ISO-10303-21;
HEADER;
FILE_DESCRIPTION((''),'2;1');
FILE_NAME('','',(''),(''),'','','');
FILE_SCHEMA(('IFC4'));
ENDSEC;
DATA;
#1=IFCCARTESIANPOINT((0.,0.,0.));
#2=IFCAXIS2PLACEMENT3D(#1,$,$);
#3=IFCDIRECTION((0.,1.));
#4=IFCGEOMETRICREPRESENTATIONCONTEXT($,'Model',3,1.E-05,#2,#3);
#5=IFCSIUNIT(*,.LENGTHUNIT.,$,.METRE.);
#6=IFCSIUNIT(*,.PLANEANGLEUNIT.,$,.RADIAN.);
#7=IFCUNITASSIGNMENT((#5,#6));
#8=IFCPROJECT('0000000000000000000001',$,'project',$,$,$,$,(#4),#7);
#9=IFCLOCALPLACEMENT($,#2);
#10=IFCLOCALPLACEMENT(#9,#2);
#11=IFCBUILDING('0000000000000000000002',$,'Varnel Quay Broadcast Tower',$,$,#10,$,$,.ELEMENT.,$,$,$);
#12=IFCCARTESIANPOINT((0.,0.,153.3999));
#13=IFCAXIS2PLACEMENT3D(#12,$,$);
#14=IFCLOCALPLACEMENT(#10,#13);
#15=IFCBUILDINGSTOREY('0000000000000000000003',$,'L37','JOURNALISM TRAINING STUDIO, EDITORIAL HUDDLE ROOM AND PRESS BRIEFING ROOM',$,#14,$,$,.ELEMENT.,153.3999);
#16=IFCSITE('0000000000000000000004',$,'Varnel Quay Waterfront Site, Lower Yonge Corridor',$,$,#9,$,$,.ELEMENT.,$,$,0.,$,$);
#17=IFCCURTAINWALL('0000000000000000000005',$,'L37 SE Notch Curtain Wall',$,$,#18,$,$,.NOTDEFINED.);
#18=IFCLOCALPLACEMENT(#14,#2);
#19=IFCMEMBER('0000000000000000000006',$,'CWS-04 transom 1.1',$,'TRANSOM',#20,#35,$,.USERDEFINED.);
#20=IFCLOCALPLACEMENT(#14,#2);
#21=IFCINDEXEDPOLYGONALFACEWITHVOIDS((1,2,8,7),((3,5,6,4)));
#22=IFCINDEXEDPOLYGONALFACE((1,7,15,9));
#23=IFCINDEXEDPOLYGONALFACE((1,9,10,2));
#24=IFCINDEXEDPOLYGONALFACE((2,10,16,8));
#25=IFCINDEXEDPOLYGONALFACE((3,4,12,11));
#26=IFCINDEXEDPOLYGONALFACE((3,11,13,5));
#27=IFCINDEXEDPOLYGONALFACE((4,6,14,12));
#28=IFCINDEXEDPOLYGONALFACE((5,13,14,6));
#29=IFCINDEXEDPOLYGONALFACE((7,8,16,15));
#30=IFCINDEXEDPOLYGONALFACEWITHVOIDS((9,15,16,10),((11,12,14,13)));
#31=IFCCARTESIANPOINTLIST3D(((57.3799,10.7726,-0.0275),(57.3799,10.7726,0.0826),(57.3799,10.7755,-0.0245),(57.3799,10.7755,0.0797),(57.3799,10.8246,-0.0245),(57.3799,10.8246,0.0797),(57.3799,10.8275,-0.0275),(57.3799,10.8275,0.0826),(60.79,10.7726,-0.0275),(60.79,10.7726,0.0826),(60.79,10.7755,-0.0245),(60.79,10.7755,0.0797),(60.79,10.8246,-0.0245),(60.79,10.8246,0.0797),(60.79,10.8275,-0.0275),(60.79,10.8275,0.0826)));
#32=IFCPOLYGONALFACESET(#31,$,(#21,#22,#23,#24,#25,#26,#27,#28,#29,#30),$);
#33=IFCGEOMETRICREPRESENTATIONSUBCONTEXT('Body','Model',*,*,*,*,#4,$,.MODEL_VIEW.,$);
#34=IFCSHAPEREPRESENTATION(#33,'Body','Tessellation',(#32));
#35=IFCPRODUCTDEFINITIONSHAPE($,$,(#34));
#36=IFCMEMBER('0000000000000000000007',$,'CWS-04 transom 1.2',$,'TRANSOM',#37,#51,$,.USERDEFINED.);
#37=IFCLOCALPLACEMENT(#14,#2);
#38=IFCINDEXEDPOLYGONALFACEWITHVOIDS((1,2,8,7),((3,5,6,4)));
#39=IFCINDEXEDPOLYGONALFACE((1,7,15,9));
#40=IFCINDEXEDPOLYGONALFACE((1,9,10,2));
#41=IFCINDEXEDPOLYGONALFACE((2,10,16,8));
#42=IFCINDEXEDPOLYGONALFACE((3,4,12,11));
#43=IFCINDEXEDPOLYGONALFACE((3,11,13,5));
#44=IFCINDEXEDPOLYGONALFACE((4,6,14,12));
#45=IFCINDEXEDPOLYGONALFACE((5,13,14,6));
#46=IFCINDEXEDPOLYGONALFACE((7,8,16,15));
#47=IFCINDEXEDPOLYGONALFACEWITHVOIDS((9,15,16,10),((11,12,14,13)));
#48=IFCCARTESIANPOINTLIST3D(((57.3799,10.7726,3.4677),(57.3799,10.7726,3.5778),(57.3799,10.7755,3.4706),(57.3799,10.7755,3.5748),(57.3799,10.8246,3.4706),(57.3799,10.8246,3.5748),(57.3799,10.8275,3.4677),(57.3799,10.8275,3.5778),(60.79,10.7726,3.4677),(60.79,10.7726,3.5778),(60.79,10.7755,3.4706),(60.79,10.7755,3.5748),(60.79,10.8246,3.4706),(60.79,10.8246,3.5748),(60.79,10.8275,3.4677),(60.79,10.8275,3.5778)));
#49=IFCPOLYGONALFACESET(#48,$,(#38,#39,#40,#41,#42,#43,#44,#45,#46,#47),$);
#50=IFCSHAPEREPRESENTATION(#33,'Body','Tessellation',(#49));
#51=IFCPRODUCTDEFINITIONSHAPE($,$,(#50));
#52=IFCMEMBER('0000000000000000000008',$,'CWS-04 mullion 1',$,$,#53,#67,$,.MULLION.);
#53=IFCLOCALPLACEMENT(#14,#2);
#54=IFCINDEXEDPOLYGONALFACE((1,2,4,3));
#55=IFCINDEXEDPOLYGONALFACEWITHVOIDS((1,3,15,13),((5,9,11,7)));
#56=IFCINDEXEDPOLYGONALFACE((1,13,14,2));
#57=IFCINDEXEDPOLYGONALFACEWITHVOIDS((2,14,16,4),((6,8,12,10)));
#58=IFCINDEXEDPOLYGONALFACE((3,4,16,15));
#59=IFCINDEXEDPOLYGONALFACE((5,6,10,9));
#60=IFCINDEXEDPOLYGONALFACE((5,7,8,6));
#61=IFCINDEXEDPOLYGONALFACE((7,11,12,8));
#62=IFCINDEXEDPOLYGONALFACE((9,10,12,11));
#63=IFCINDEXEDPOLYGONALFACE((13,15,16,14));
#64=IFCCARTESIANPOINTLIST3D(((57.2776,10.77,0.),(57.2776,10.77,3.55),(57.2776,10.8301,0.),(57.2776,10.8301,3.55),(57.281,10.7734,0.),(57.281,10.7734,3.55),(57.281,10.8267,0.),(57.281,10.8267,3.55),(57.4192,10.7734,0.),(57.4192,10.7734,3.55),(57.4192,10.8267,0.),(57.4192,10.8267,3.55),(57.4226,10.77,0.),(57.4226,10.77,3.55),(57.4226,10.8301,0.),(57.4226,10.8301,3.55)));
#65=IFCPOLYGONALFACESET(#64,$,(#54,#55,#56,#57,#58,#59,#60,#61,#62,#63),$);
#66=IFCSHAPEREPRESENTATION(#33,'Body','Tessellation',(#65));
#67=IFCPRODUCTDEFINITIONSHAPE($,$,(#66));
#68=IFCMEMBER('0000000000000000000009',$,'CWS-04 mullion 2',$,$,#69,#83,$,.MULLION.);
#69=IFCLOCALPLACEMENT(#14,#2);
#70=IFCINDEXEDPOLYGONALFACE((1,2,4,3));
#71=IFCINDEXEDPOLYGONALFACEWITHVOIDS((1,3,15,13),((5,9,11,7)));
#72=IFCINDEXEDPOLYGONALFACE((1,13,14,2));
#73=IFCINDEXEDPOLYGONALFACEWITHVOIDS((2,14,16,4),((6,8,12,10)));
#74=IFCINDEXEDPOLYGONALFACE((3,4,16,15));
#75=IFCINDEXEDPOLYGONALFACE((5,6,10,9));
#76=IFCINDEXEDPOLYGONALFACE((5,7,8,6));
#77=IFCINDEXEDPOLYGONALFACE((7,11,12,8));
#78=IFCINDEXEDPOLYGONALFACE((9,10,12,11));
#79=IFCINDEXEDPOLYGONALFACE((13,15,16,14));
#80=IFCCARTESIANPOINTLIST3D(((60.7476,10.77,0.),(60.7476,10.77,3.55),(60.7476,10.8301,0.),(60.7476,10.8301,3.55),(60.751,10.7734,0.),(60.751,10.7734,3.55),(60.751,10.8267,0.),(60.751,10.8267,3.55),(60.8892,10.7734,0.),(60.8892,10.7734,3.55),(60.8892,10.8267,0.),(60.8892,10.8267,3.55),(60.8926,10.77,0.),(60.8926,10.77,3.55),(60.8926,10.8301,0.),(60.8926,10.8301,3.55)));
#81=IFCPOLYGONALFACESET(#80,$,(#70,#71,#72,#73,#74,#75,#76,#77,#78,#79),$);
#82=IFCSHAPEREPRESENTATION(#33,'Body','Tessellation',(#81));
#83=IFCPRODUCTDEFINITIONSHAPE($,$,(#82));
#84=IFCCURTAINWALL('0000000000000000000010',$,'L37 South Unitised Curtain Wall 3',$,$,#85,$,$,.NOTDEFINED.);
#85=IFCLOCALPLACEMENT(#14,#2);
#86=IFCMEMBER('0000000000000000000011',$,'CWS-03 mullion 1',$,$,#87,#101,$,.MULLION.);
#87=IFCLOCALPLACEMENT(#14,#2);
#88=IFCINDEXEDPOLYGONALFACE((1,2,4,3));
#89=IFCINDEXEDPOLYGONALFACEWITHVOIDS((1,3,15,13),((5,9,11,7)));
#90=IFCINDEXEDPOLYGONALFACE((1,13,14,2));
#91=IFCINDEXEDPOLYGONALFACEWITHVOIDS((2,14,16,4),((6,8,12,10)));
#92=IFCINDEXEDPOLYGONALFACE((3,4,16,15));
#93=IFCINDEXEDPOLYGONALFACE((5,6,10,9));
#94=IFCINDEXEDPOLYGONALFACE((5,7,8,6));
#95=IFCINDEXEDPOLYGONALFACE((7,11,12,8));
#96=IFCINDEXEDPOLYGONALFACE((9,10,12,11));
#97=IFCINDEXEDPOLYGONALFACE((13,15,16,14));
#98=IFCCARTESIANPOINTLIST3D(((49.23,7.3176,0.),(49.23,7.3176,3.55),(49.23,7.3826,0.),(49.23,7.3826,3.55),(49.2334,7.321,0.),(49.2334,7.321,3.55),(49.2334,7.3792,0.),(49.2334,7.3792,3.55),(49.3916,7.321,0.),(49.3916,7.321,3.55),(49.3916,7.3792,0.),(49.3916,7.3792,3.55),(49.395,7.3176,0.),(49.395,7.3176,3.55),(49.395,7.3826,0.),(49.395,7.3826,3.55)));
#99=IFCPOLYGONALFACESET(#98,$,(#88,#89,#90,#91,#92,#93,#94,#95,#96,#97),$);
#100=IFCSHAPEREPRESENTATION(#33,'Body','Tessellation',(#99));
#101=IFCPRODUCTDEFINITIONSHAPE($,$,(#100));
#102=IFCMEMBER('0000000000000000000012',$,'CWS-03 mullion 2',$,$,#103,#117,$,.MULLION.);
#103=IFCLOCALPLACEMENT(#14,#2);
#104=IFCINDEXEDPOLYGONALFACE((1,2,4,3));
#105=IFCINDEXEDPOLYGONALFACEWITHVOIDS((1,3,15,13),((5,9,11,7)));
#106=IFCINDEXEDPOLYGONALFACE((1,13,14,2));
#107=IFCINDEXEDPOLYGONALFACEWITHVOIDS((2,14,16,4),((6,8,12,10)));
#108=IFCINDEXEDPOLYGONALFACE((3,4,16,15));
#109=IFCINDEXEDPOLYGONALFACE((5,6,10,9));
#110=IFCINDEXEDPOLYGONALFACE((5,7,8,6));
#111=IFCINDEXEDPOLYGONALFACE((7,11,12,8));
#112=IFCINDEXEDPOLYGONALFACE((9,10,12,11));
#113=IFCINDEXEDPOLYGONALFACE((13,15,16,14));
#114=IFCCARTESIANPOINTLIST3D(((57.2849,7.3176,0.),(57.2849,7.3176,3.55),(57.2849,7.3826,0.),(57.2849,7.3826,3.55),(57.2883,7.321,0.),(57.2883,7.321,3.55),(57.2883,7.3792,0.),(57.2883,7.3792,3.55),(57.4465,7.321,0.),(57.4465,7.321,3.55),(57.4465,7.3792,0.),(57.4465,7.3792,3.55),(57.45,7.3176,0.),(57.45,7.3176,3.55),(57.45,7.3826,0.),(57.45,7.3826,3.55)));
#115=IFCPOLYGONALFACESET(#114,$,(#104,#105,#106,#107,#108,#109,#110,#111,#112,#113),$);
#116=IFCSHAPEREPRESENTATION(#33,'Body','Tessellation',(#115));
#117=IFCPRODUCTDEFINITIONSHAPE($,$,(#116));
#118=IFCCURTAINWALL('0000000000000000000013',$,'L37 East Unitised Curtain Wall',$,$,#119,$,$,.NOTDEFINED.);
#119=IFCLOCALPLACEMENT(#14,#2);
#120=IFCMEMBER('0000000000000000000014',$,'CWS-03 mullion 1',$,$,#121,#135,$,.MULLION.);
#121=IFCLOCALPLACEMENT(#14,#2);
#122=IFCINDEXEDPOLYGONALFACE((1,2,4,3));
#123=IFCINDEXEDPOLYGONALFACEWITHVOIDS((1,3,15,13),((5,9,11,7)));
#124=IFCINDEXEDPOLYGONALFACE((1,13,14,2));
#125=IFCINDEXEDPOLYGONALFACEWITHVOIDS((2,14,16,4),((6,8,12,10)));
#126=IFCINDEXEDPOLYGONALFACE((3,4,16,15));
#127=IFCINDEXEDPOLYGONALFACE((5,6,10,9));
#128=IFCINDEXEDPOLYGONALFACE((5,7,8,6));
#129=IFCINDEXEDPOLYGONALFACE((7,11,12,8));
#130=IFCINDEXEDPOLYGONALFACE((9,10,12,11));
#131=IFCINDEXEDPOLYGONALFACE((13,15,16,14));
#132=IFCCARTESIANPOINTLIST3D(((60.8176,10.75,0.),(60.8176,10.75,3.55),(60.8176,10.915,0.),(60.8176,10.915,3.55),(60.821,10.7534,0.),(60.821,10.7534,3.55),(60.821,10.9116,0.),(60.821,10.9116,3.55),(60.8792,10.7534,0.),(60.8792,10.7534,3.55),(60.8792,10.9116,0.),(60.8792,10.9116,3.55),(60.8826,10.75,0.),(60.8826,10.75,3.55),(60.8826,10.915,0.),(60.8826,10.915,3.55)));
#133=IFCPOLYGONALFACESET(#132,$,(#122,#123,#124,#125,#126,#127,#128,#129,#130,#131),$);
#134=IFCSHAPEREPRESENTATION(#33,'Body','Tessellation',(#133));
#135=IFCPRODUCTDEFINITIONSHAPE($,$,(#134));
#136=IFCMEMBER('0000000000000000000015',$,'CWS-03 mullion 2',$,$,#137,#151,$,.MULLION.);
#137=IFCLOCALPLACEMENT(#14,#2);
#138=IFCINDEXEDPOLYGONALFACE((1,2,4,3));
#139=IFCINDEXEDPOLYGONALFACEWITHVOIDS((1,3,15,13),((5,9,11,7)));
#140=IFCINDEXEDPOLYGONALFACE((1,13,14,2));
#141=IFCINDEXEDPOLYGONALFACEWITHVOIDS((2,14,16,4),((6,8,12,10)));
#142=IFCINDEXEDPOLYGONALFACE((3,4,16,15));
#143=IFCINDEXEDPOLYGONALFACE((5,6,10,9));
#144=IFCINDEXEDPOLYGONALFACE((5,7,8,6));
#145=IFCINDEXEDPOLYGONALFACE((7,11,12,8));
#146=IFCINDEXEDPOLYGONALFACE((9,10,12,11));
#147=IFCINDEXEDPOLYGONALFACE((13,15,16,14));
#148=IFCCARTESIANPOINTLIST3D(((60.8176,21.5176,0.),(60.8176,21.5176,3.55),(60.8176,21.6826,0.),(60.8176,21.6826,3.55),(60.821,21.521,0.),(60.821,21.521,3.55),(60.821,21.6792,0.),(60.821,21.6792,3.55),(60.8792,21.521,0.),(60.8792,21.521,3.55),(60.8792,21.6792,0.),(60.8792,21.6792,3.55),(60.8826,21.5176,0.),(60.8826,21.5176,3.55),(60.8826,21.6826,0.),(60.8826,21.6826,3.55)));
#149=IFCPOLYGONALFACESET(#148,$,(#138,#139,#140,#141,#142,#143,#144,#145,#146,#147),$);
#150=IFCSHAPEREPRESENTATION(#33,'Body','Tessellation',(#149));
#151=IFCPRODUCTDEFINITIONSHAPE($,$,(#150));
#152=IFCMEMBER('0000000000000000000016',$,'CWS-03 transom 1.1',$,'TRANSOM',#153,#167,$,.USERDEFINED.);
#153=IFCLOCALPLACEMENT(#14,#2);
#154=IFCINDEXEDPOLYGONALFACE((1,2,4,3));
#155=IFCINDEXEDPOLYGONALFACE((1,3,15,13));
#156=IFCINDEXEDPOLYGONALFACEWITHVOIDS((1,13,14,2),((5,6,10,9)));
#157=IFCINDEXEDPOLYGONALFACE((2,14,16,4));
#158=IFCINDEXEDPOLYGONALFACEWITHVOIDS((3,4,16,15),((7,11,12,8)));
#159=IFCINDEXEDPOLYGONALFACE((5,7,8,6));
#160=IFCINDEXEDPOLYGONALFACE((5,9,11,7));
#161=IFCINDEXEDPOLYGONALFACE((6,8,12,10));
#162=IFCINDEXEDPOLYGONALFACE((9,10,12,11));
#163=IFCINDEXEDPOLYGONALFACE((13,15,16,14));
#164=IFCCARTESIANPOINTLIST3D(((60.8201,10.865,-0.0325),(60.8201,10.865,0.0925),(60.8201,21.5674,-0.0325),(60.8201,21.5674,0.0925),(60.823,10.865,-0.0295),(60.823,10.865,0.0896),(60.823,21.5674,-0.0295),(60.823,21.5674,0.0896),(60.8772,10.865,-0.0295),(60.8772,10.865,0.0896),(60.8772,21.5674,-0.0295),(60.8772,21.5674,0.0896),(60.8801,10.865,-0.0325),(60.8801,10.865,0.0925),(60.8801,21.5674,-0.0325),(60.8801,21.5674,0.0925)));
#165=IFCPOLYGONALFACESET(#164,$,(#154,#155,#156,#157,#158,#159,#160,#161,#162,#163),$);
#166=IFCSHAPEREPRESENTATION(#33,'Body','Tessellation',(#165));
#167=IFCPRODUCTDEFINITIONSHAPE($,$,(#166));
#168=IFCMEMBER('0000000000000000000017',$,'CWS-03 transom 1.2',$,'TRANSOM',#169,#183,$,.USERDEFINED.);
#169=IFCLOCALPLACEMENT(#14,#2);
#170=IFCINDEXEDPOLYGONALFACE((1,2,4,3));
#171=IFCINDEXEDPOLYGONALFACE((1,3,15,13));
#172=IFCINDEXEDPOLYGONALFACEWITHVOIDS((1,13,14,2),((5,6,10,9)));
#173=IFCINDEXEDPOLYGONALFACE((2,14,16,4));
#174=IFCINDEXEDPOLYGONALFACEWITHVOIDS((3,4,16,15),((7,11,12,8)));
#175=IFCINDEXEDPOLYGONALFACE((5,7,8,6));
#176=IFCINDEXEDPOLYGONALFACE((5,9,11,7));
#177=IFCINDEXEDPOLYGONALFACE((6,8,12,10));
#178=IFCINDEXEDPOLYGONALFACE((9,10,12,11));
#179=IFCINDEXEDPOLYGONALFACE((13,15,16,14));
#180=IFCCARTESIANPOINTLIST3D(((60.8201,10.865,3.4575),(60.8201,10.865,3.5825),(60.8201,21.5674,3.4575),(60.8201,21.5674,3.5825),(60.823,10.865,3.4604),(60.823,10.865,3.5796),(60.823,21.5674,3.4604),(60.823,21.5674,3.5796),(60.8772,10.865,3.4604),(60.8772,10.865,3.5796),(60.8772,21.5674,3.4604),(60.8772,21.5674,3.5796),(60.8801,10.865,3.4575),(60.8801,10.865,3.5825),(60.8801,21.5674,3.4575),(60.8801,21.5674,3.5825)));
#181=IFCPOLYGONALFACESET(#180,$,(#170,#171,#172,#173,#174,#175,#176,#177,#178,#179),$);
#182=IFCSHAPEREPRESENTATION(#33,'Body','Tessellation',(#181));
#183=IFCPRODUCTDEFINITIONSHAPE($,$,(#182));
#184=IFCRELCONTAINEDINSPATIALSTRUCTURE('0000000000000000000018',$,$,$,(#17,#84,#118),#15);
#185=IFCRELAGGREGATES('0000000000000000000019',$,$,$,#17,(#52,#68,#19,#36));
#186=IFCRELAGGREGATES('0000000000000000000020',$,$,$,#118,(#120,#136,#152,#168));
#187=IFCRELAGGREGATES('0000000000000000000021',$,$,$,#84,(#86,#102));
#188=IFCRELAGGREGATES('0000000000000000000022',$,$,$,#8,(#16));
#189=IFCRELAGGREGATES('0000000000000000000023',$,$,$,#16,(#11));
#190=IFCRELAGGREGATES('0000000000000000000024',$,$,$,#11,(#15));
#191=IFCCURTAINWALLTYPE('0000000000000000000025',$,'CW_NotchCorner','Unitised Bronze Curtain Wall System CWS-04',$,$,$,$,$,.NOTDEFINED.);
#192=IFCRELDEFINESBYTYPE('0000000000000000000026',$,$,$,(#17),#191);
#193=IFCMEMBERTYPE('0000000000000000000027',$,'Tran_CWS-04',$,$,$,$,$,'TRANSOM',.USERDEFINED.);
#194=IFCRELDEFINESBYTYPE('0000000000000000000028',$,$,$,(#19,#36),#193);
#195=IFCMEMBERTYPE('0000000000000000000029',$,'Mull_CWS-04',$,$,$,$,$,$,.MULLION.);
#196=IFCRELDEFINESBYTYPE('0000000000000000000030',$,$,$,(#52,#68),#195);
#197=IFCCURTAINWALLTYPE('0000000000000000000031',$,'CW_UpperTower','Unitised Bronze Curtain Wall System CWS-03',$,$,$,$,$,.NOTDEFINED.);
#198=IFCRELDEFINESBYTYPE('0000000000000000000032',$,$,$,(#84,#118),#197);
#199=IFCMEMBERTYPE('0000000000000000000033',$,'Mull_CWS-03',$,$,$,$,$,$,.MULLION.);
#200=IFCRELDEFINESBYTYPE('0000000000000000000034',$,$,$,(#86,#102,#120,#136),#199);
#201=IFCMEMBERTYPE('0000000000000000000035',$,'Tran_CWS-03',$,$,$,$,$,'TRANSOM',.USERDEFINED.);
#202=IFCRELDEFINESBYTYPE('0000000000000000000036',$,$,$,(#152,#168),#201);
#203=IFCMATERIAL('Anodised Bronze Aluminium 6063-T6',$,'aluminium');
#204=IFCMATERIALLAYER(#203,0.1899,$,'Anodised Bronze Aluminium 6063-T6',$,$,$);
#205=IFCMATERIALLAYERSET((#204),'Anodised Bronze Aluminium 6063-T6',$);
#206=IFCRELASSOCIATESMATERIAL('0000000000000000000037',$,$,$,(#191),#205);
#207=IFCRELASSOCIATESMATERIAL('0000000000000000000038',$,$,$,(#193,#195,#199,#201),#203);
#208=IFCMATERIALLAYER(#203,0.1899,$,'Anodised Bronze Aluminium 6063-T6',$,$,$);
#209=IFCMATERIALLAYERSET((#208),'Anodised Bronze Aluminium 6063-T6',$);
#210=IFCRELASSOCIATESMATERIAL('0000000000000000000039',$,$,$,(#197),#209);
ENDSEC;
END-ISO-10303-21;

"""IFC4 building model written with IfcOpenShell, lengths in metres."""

from ifc_helpers import new_model, si_unit, direction, frame, origin, origin_2d, place, context, subcontext, project, spatial, hollow_rectangle, extrude, source, transform, mapped, material, layer, layer_set, material_profile, profile_set, type_object, type_shapes, element, aggregate, save


model = new_model("IFC4")

# Units and contexts
model_context = context("Model", 3, precision=1e-05, world=origin(), true_north=direction((0.0, 1.0)))
body_context = subcontext(model_context, "Body", "Model", "MODEL_VIEW")
ifc_project = project(units=[si_unit("LENGTHUNIT", "METRE"), si_unit("PLANEANGLEUNIT", "RADIAN")], contexts=[model_context])

# Site, building, storey
site_placement = place(None, origin())
site = spatial("IfcSite", under=ifc_project, at=site_placement, Name="Varnel Quay Waterfront Site, Lower Yonge Corridor", CompositionType="ELEMENT", RefElevation=0.0)
building_placement = place(site_placement, origin())
building = spatial("IfcBuilding", under=site, at=building_placement, Name="Varnel Quay Broadcast Tower", CompositionType="ELEMENT")
storey_placement = place(building_placement, frame((0.0, 0.0, 153.3999)))
storey = spatial("IfcBuildingStorey", under=building, at=storey_placement, Name="L37", Description="JOURNALISM TRAINING STUDIO, EDITORIAL HUDDLE ROOM AND PRESS BRIEFING ROOM", CompositionType="ELEMENT", Elevation=153.3999)

# Curtain walls, members
ifc_material_1 = material(Name="Anodised Bronze Aluminium 6063-T6", Category="aluminium")
ifc_layer_1 = layer(ifc_material_1, 0.1899, Name="Anodised Bronze Aluminium 6063-T6")
ifc_layer_set_1 = layer_set([ifc_layer_1], Name="Anodised Bronze Aluminium 6063-T6")
curtain_wall_type_1 = type_object("IfcCurtainWallType", Name="CW_NotchCorner", Description="Unitised Bronze Curtain Wall System CWS-04", PredefinedType="NOTDEFINED", material=ifc_layer_set_1)
curtain_wall_1_placement = place(storey_placement, origin())
curtain_wall_1 = element("IfcCurtainWall", 1, at=curtain_wall_1_placement, inside=storey, type_object=curtain_wall_type_1, Name="L37 SE Notch Curtain Wall", PredefinedType="NOTDEFINED")
ifc_material_profile_1 = material_profile(ifc_material_1, hollow_rectangle(XDim=0.0549, YDim=0.1101, WallThickness=0.0029, at=origin_2d()), Name="ALU55X110X3")
ifc_profile_set_1 = profile_set([ifc_material_profile_1], Name="Anodised Bronze Aluminium 6063-T6")
member_type_1 = type_object("IfcMemberType", Name="Tran_CWS-04", ElementType="TRANSOM", PredefinedType="USERDEFINED", material=ifc_profile_set_1)
shared_shape_1 = source(origin(), body_context, "Body", "SweptSolid", [
    extrude(hollow_rectangle(XDim=0.0549, YDim=0.1101, WallThickness=0.0029, at=origin_2d()), origin(), (0.0, 0.0, 1.0), 3.4102),
])
type_shapes(member_type_1, [shared_shape_1])
member_1_placement = place(storey_placement, frame((57.3799, 10.8, 0.0276), z_axis=(1.0, 0.0, 0.0), x_axis=(0.0, 1.0, 0.0)))
member_1 = element("IfcMember", 2, at=member_1_placement, type_object=member_type_1, Name="CWS-04 transom 1.1", ObjectType="TRANSOM", PredefinedType="USERDEFINED", context=body_context, shape_type="MappedRepresentation", body=[
    mapped(shared_shape_1, transform((0.0, 0.0, 0.0), x_axis=(1.0, 0.0, 0.0), y_axis=(0.0, 1.0, 0.0), z_axis=(0.0, 0.0, 1.0), scale=1.0)),
])
member_2_placement = place(storey_placement, frame((57.3799, 10.8, 3.5227), z_axis=(1.0, 0.0, 0.0), x_axis=(0.0, 1.0, 0.0)))
member_2 = element("IfcMember", 3, at=member_2_placement, type_object=member_type_1, Name="CWS-04 transom 1.2", ObjectType="TRANSOM", PredefinedType="USERDEFINED", context=body_context, shape_type="MappedRepresentation", body=[
    mapped(shared_shape_1, transform((0.0, 0.0, 0.0), x_axis=(1.0, 0.0, 0.0), y_axis=(0.0, 1.0, 0.0), z_axis=(0.0, 0.0, 1.0), scale=1.0)),
])
ifc_material_profile_2 = material_profile(ifc_material_1, hollow_rectangle(XDim=0.0601, YDim=0.145, WallThickness=0.0034, at=origin_2d()), Name="ALU60X145X3.5")
ifc_profile_set_2 = profile_set([ifc_material_profile_2], Name="Anodised Bronze Aluminium 6063-T6")
member_type_2 = type_object("IfcMemberType", Name="Mull_CWS-04", PredefinedType="MULLION", material=ifc_profile_set_2)
shared_shape_2 = source(origin(), body_context, "Body", "SweptSolid", [
    extrude(hollow_rectangle(XDim=0.0601, YDim=0.145, WallThickness=0.0034, at=origin_2d()), origin(), (0.0, 0.0, 1.0), 3.55),
])
type_shapes(member_type_2, [shared_shape_2])
member_3_placement = place(storey_placement, frame((57.3501, 10.8, 0.0), z_axis=(0.0, 0.0, 1.0), x_axis=(0.0, 1.0, 0.0)))
member_3 = element("IfcMember", 4, at=member_3_placement, type_object=member_type_2, Name="CWS-04 mullion 1", PredefinedType="MULLION", context=body_context, shape_type="MappedRepresentation", body=[
    mapped(shared_shape_2, transform((0.0, 0.0, 0.0), x_axis=(1.0, 0.0, 0.0), y_axis=(0.0, 1.0, 0.0), z_axis=(0.0, 0.0, 1.0), scale=1.0)),
])
member_4_placement = place(storey_placement, frame((60.8201, 10.8, 0.0), z_axis=(0.0, 0.0, 1.0), x_axis=(0.0, 1.0, 0.0)))
member_4 = element("IfcMember", 5, at=member_4_placement, type_object=member_type_2, Name="CWS-04 mullion 2", PredefinedType="MULLION", context=body_context, shape_type="MappedRepresentation", body=[
    mapped(shared_shape_2, transform((0.0, 0.0, 0.0), x_axis=(1.0, 0.0, 0.0), y_axis=(0.0, 1.0, 0.0), z_axis=(0.0, 0.0, 1.0), scale=1.0)),
])
ifc_layer_2 = layer(ifc_material_1, 0.1899, Name="Anodised Bronze Aluminium 6063-T6")
ifc_layer_set_2 = layer_set([ifc_layer_2], Name="Anodised Bronze Aluminium 6063-T6")
curtain_wall_type_2 = type_object("IfcCurtainWallType", Name="CW_UpperTower", Description="Unitised Bronze Curtain Wall System CWS-03", PredefinedType="NOTDEFINED", material=ifc_layer_set_2)
curtain_wall_2_placement = place(storey_placement, origin())
curtain_wall_2 = element("IfcCurtainWall", 6, at=curtain_wall_2_placement, inside=storey, type_object=curtain_wall_type_2, Name="L37 South Unitised Curtain Wall 3", PredefinedType="NOTDEFINED")
ifc_material_profile_3 = material_profile(ifc_material_1, hollow_rectangle(XDim=0.0649, YDim=0.165, WallThickness=0.0034, at=origin_2d()), Name="ALU65X165X3.5")
ifc_profile_set_3 = profile_set([ifc_material_profile_3], Name="Anodised Bronze Aluminium 6063-T6")
member_type_3 = type_object("IfcMemberType", Name="Mull_CWS-03", PredefinedType="MULLION", material=ifc_profile_set_3)
shared_shape_3 = source(origin(), body_context, "Body", "SweptSolid", [
    extrude(hollow_rectangle(XDim=0.0649, YDim=0.165, WallThickness=0.0034, at=origin_2d()), origin(), (0.0, 0.0, 1.0), 3.55),
])
type_shapes(member_type_3, [shared_shape_3])
member_5_placement = place(storey_placement, frame((49.3125, 7.3501, 0.0), z_axis=(0.0, 0.0, 1.0), x_axis=(0.0, 1.0, 0.0)))
member_5 = element("IfcMember", 7, at=member_5_placement, type_object=member_type_3, Name="CWS-03 mullion 1", PredefinedType="MULLION", context=body_context, shape_type="MappedRepresentation", body=[
    mapped(shared_shape_3, transform((0.0, 0.0, 0.0), x_axis=(1.0, 0.0, 0.0), y_axis=(0.0, 1.0, 0.0), z_axis=(0.0, 0.0, 1.0), scale=1.0)),
])
member_6_placement = place(storey_placement, frame((57.3674, 7.3501, 0.0), z_axis=(0.0, 0.0, 1.0), x_axis=(0.0, 1.0, 0.0)))
member_6 = element("IfcMember", 8, at=member_6_placement, type_object=member_type_3, Name="CWS-03 mullion 2", PredefinedType="MULLION", context=body_context, shape_type="MappedRepresentation", body=[
    mapped(shared_shape_3, transform((0.0, 0.0, 0.0), x_axis=(1.0, 0.0, 0.0), y_axis=(0.0, 1.0, 0.0), z_axis=(0.0, 0.0, 1.0), scale=1.0)),
])
curtain_wall_3_placement = place(storey_placement, origin())
curtain_wall_3 = element("IfcCurtainWall", 9, at=curtain_wall_3_placement, inside=storey, type_object=curtain_wall_type_2, Name="L37 East Unitised Curtain Wall", PredefinedType="NOTDEFINED")
member_7_placement = place(storey_placement, frame((60.8501, 10.8325, 0.0), z_axis=(0.0, 0.0, 1.0), x_axis=(-1.0, 0.0, 0.0)))
member_7 = element("IfcMember", 10, at=member_7_placement, type_object=member_type_3, Name="CWS-03 mullion 1", PredefinedType="MULLION", context=body_context, shape_type="MappedRepresentation", body=[
    mapped(shared_shape_3, transform((0.0, 0.0, 0.0), x_axis=(1.0, 0.0, 0.0), y_axis=(0.0, 1.0, 0.0), z_axis=(0.0, 0.0, 1.0), scale=1.0)),
])
member_8_placement = place(storey_placement, frame((60.8501, 21.6001, 0.0), z_axis=(0.0, 0.0, 1.0), x_axis=(-1.0, 0.0, 0.0)))
member_8 = element("IfcMember", 11, at=member_8_placement, type_object=member_type_3, Name="CWS-03 mullion 2", PredefinedType="MULLION", context=body_context, shape_type="MappedRepresentation", body=[
    mapped(shared_shape_3, transform((0.0, 0.0, 0.0), x_axis=(1.0, 0.0, 0.0), y_axis=(0.0, 1.0, 0.0), z_axis=(0.0, 0.0, 1.0), scale=1.0)),
])
ifc_material_profile_4 = material_profile(ifc_material_1, hollow_rectangle(XDim=0.0601, YDim=0.125, WallThickness=0.0029, at=origin_2d()), Name="ALU60X125X3")
ifc_profile_set_4 = profile_set([ifc_material_profile_4], Name="Anodised Bronze Aluminium 6063-T6")
member_type_4 = type_object("IfcMemberType", Name="Tran_CWS-03", ElementType="TRANSOM", PredefinedType="USERDEFINED", material=ifc_profile_set_4)
shared_shape_4 = source(origin(), body_context, "Body", "SweptSolid", [
    extrude(hollow_rectangle(XDim=0.0601, YDim=0.125, WallThickness=0.0029, at=origin_2d()), origin(), (0.0, 0.0, 1.0), 10.7024),
])
member_9_placement = place(storey_placement, frame((60.8501, 10.865, 0.03), z_axis=(0.0, 1.0, 0.0), x_axis=(-1.0, 0.0, 0.0)))
member_9 = element("IfcMember", 12, at=member_9_placement, type_object=member_type_4, Name="CWS-03 transom 1.1", ObjectType="TRANSOM", PredefinedType="USERDEFINED", context=body_context, shape_type="MappedRepresentation", body=[
    mapped(shared_shape_4, transform((0.0, 0.0, 0.0), x_axis=(1.0, 0.0, 0.0), y_axis=(0.0, 1.0, 0.0), z_axis=(0.0, 0.0, 1.0), scale=1.0)),
])
member_10_placement = place(storey_placement, frame((60.8501, 10.865, 3.52), z_axis=(0.0, 1.0, 0.0), x_axis=(-1.0, 0.0, 0.0)))
member_10 = element("IfcMember", 13, at=member_10_placement, type_object=member_type_4, Name="CWS-03 transom 1.2", ObjectType="TRANSOM", PredefinedType="USERDEFINED", context=body_context, shape_type="MappedRepresentation", body=[
    mapped(shared_shape_4, transform((0.0, 0.0, 0.0), x_axis=(1.0, 0.0, 0.0), y_axis=(0.0, 1.0, 0.0), z_axis=(0.0, 0.0, 1.0), scale=1.0)),
])

aggregate(curtain_wall_1, [member_3, member_4, member_1, member_2])
aggregate(curtain_wall_3, [member_7, member_8, member_9, member_10])
aggregate(curtain_wall_2, [member_5, member_6])

save(model, "model.ifc")
